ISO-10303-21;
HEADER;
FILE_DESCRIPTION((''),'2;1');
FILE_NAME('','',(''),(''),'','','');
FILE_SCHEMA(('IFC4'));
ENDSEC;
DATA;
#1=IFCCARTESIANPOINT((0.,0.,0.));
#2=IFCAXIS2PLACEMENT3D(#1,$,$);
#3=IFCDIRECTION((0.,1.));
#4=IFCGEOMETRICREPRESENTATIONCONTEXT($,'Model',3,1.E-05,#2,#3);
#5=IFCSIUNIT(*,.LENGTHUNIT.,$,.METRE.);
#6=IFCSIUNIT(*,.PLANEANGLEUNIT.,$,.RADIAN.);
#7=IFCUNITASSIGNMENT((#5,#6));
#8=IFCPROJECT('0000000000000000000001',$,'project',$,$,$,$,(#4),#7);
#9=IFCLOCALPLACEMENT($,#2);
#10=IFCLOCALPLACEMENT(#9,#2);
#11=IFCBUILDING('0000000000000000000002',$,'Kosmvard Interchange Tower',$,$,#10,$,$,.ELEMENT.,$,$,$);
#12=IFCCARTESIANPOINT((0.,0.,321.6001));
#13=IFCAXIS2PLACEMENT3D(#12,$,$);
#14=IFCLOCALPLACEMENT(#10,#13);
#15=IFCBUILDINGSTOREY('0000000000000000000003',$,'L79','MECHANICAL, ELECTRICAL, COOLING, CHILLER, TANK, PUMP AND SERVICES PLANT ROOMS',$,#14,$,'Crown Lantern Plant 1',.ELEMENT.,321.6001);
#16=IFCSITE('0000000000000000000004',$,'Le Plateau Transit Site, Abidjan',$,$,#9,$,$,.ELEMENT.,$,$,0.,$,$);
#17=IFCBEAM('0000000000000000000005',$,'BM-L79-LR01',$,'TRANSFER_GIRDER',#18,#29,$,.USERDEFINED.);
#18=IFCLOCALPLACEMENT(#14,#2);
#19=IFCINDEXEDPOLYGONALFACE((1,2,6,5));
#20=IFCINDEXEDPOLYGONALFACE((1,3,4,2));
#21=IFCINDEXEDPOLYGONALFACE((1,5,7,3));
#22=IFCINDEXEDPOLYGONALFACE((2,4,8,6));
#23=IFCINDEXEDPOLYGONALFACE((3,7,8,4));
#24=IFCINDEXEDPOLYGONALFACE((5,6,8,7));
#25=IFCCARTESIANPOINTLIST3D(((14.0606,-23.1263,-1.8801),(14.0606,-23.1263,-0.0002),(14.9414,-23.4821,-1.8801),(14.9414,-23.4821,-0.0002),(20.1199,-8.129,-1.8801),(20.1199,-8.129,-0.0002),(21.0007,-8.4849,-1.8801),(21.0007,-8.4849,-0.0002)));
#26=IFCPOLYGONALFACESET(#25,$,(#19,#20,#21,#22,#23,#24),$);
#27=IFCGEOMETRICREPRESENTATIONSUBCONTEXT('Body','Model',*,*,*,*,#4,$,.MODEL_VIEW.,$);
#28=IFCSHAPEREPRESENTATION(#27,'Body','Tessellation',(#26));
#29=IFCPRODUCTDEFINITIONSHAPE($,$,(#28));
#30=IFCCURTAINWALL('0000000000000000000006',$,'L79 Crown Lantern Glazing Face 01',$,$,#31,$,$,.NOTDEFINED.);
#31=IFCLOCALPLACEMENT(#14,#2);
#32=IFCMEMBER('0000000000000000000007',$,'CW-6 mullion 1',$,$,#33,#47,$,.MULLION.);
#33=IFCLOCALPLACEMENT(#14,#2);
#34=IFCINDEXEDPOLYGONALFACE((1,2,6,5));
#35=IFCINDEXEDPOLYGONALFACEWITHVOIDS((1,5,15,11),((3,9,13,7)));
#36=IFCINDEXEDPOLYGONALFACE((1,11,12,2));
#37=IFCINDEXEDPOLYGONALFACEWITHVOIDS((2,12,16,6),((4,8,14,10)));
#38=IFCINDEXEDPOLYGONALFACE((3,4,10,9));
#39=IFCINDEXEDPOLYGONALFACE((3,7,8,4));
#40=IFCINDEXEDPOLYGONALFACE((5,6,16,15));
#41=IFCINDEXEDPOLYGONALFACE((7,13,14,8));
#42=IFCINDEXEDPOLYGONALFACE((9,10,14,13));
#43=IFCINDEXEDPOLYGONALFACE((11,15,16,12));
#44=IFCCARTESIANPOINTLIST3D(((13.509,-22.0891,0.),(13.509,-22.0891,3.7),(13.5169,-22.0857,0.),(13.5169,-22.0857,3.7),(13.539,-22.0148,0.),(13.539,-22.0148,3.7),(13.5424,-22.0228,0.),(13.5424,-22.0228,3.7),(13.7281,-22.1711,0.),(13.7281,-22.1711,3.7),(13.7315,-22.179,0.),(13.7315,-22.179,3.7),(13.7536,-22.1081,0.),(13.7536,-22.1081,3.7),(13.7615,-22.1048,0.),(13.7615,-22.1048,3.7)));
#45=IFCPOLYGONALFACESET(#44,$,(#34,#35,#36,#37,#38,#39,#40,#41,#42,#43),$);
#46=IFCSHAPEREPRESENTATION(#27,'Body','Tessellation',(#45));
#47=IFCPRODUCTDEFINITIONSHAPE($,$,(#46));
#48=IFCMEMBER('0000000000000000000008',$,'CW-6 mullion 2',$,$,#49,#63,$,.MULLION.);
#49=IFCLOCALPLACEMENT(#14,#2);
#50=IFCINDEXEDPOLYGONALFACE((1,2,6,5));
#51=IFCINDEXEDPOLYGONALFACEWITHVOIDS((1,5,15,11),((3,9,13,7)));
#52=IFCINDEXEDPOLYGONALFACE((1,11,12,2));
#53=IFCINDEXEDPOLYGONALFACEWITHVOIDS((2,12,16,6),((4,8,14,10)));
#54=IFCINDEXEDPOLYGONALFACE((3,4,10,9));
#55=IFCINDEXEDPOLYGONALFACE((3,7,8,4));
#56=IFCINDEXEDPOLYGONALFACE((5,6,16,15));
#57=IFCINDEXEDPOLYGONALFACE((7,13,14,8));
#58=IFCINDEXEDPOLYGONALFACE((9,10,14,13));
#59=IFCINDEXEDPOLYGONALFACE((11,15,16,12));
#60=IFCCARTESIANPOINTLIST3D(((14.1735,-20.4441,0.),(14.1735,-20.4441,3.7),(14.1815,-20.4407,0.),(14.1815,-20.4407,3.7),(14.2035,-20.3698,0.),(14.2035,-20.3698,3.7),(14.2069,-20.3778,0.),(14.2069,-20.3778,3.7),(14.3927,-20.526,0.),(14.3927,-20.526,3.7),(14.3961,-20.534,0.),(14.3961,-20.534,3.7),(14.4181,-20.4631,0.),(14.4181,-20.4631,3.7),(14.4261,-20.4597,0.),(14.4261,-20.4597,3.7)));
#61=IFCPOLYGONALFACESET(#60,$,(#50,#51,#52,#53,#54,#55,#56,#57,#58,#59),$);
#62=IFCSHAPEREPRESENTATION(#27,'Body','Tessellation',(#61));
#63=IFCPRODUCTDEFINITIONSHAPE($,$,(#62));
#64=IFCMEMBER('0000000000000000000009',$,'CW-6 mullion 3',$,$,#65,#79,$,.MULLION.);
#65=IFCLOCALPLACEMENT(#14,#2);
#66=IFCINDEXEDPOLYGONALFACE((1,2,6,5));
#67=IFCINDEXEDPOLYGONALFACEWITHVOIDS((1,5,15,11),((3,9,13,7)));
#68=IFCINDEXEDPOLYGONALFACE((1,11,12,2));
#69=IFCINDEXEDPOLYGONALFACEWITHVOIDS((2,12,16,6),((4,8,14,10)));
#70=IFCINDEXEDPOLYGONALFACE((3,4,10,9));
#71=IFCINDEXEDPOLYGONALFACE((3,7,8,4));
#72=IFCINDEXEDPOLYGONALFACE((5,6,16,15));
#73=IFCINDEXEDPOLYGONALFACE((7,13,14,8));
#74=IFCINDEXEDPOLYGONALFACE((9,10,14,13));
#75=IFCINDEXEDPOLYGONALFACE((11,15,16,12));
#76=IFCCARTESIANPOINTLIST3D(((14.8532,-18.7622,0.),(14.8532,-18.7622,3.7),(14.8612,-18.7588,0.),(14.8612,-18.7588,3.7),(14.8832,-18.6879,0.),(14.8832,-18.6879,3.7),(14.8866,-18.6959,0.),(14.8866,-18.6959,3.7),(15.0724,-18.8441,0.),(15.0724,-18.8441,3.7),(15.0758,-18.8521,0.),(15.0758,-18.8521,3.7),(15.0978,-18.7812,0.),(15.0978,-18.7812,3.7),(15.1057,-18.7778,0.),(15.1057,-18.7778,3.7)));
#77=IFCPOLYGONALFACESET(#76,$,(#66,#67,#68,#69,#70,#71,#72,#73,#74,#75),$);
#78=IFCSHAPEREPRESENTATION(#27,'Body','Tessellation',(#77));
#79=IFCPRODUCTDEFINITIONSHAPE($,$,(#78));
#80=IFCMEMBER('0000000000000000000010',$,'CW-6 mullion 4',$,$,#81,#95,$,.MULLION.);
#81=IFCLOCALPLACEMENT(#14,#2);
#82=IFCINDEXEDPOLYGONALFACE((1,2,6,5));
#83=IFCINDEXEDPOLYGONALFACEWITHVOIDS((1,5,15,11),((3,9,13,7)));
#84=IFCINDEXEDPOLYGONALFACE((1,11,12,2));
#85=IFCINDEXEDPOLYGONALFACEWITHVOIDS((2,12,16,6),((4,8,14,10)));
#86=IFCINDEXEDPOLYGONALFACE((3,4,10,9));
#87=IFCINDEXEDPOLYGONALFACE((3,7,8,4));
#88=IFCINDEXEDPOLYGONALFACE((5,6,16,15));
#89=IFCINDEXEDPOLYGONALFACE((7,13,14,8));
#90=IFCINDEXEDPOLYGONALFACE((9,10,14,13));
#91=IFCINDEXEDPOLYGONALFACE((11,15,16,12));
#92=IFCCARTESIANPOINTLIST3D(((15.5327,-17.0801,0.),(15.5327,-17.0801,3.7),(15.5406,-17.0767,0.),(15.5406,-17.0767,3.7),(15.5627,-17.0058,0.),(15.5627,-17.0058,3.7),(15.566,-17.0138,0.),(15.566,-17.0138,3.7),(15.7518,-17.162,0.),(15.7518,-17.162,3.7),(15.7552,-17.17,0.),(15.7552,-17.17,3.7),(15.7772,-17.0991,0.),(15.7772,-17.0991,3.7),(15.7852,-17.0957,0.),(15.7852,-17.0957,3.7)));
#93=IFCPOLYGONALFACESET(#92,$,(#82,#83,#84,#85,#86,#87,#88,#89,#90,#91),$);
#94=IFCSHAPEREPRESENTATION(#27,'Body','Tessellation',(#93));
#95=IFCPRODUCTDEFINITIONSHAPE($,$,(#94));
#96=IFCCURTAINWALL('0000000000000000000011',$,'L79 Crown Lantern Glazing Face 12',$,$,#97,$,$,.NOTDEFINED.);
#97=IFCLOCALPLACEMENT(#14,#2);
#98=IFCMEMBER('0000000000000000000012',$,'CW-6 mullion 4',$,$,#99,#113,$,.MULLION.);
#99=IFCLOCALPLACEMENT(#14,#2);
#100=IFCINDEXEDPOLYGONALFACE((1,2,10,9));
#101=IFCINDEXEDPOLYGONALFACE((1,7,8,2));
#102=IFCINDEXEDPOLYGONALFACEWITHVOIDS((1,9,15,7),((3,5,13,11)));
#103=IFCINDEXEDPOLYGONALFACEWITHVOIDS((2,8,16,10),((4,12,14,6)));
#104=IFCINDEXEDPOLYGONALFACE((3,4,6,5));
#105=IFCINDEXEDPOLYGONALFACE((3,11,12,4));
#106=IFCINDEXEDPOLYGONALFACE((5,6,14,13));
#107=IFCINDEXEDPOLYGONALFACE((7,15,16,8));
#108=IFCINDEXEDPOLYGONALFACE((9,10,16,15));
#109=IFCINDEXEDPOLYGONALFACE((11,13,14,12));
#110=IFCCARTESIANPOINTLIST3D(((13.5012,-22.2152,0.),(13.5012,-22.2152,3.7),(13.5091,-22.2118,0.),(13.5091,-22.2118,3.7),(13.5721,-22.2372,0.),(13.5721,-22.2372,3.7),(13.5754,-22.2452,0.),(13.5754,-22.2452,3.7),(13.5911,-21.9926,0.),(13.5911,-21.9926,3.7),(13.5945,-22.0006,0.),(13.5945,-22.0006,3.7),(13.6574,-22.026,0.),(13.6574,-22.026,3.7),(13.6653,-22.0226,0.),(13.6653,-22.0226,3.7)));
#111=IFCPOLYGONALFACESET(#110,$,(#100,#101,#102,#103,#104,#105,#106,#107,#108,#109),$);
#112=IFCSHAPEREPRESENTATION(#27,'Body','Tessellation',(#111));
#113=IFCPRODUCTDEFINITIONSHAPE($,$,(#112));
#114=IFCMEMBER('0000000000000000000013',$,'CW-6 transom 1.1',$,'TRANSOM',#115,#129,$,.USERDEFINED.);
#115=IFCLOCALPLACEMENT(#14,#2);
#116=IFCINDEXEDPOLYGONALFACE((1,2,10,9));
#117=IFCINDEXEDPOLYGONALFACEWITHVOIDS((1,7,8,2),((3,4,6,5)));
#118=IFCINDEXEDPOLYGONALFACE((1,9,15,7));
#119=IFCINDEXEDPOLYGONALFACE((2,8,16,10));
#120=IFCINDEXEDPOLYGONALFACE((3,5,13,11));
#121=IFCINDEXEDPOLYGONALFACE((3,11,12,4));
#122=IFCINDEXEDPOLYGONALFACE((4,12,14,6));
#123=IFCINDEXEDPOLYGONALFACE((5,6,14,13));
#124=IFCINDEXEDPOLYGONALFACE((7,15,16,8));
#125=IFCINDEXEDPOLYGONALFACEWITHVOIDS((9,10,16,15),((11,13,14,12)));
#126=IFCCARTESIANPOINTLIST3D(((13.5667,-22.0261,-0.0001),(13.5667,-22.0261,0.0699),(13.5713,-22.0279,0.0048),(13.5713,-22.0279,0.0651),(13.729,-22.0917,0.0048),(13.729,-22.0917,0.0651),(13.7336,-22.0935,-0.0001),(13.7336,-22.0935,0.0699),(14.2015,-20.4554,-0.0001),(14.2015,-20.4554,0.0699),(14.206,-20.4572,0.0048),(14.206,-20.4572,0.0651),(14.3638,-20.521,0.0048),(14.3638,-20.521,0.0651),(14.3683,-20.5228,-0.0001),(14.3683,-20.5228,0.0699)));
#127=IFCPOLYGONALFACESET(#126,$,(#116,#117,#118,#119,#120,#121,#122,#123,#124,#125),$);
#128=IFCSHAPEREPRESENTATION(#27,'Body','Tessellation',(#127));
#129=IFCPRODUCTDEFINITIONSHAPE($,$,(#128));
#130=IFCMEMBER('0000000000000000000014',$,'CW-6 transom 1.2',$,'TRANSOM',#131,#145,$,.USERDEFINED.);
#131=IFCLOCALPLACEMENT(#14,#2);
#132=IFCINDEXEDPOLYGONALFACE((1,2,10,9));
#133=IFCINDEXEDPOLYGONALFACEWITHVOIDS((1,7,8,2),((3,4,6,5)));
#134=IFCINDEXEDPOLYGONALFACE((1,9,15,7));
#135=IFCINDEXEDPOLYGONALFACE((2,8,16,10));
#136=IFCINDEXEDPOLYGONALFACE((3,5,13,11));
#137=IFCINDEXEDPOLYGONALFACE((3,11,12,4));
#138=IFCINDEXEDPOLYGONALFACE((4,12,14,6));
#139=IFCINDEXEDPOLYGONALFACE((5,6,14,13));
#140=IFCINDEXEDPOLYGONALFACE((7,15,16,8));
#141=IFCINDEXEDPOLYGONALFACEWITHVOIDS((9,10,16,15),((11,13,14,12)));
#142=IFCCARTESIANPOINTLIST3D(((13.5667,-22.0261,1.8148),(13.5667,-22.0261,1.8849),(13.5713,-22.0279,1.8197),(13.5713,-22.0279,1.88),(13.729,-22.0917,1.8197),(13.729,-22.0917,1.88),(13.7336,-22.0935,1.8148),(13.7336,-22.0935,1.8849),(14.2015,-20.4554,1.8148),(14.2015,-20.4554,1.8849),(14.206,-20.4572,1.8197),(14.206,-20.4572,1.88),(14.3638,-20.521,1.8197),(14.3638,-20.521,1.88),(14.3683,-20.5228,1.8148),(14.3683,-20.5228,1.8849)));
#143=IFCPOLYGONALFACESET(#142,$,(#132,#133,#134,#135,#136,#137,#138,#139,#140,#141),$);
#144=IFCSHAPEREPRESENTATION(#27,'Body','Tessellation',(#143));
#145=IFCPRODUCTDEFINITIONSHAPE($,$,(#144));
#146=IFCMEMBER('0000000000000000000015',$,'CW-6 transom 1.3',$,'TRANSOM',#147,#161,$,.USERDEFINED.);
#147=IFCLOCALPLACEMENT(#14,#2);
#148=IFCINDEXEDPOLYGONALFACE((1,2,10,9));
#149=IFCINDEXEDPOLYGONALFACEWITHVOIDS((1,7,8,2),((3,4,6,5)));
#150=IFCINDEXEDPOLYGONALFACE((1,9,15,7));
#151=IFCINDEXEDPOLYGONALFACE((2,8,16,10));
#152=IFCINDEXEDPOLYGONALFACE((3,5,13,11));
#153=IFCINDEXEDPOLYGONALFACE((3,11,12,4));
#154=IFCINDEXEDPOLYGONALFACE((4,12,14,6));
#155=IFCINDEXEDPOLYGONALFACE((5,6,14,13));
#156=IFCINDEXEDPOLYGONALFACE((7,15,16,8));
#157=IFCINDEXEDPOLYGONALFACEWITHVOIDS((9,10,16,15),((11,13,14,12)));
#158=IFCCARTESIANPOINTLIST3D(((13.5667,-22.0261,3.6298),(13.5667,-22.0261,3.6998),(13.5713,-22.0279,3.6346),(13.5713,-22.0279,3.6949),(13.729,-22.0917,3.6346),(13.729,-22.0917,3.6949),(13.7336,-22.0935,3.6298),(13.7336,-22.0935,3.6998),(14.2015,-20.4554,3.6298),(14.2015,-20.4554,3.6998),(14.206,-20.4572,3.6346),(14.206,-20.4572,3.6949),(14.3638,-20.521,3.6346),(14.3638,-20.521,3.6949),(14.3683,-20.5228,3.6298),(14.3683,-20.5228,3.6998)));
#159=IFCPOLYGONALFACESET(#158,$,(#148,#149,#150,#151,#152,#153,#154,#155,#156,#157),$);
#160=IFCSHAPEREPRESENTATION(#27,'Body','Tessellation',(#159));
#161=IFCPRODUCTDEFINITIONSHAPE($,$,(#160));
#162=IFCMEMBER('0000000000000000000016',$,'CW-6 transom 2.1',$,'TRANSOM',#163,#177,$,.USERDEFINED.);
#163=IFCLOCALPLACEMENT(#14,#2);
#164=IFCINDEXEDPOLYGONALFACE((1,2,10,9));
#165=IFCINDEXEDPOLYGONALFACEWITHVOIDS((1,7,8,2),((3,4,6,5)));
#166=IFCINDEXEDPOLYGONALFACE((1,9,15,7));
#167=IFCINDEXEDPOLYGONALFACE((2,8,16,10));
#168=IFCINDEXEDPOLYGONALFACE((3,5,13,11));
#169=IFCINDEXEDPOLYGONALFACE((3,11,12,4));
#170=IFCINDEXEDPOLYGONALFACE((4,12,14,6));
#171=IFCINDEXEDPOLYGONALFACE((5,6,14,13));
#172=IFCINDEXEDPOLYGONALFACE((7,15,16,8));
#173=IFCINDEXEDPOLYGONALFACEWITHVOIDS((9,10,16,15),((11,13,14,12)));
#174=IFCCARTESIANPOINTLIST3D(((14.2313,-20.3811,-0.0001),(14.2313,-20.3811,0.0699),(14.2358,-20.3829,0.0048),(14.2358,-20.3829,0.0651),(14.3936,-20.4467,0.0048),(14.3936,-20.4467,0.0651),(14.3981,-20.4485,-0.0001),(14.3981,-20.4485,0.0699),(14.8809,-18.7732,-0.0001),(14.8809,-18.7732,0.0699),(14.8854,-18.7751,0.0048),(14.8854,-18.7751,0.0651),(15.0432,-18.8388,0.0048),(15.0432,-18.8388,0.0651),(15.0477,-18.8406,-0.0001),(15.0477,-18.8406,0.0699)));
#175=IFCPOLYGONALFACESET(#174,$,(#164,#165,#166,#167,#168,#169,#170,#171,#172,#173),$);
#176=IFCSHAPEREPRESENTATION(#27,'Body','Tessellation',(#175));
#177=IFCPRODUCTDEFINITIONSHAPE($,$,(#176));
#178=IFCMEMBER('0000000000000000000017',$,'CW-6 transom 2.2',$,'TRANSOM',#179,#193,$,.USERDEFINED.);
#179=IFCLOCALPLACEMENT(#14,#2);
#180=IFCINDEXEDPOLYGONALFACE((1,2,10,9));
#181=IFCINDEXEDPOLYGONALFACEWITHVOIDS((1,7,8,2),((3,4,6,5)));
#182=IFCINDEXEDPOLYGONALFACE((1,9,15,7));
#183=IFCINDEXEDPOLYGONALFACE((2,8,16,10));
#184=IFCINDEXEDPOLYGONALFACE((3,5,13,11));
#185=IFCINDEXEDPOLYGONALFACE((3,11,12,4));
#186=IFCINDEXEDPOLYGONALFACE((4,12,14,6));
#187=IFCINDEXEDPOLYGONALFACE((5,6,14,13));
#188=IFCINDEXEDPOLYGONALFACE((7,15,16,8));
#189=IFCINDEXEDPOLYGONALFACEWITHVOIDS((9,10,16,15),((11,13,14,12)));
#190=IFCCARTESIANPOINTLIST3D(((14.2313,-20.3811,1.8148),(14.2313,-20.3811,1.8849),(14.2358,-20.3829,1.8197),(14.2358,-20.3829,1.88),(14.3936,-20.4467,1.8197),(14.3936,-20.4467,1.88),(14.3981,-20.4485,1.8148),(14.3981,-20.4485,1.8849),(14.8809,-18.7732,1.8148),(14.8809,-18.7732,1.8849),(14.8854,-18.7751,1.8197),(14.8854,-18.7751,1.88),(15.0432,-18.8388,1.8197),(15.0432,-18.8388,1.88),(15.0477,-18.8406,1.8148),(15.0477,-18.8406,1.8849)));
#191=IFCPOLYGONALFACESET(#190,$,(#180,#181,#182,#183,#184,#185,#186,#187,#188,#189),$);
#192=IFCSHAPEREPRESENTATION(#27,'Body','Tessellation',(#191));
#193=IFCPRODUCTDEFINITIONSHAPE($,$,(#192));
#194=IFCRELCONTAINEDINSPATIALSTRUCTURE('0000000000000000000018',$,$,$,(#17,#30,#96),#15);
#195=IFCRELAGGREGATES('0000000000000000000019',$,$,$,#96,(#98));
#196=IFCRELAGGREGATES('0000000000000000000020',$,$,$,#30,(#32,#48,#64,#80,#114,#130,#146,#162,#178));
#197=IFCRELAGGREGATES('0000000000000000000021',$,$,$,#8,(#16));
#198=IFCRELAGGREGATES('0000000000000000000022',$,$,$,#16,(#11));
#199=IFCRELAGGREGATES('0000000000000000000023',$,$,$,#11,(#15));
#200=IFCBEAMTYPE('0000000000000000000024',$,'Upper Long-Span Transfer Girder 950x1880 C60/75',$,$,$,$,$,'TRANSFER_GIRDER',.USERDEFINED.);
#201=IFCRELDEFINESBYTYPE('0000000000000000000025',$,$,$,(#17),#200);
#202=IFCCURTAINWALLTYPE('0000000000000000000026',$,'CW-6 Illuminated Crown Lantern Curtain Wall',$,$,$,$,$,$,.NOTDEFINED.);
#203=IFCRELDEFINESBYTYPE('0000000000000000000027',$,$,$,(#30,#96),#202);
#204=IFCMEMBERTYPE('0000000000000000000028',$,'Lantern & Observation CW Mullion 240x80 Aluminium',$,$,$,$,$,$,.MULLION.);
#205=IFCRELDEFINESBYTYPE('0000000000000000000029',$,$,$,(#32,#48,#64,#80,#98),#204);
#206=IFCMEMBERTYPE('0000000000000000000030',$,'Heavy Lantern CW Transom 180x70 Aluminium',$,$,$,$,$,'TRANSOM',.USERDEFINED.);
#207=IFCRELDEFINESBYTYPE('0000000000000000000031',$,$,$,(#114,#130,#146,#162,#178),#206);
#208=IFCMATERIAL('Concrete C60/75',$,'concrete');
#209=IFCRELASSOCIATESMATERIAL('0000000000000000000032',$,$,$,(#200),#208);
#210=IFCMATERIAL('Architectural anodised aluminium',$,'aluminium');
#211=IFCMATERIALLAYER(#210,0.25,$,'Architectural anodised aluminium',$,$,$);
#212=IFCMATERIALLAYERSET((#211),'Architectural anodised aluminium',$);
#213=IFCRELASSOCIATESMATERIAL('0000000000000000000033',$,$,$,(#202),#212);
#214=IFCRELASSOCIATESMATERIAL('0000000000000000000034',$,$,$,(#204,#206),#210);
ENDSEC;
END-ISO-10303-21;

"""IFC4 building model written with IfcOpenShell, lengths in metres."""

from ifc_helpers import new_model, si_unit, direction, frame, origin, origin_2d, place, context, subcontext, project, spatial, rectangle, hollow_rectangle, extrude, source, transform, mapped, material, layer, layer_set, material_profile, profile_set, type_object, element, aggregate, save


model = new_model("IFC4")

# Units and contexts
model_context = context("Model", 3, precision=1e-05, world=origin(), true_north=direction((0.0, 1.0)))
body_context = subcontext(model_context, "Body", "Model", "MODEL_VIEW")
ifc_project = project(units=[si_unit("LENGTHUNIT", "METRE"), si_unit("PLANEANGLEUNIT", "RADIAN")], contexts=[model_context])

# Site, building, storey
site_placement = place(None, origin())
site = spatial("IfcSite", under=ifc_project, at=site_placement, Name="Le Plateau Transit Site, Abidjan", CompositionType="ELEMENT", RefElevation=0.0)
building_placement = place(site_placement, origin())
building = spatial("IfcBuilding", under=site, at=building_placement, Name="Kosmvard Interchange Tower", CompositionType="ELEMENT")
storey_placement = place(building_placement, frame((0.0, 0.0, 321.6001)))
storey = spatial("IfcBuildingStorey", under=building, at=storey_placement, Name="L79", Description="MECHANICAL, ELECTRICAL, COOLING, CHILLER, TANK, PUMP AND SERVICES PLANT ROOMS", LongName="Crown Lantern Plant 1", CompositionType="ELEMENT", Elevation=321.6001)

# Beam
ifc_material_1 = material(Name="Concrete C60/75", Category="concrete")
ifc_material_profile_1 = material_profile(ifc_material_1, rectangle(XDim=0.95, YDim=1.8799, at=origin_2d()), Name="TG 950x1880")
ifc_profile_set_1 = profile_set([ifc_material_profile_1], Name="Concrete C60/75")
beam_type = type_object("IfcBeamType", Name="Upper Long-Span Transfer Girder 950x1880 C60/75", ElementType="TRANSFER_GIRDER", PredefinedType="USERDEFINED", material=ifc_profile_set_1)
shared_shape_1 = source(origin(), body_context, "Body", "SweptSolid", [
    extrude(rectangle(XDim=0.95, YDim=1.8799, at=origin_2d()), origin(), (0.0, 0.0, 1.0), 16.175),
])
beam_placement = place(storey_placement, frame((14.501, -23.3042, -0.9402), z_axis=(0.374608, 0.927183, 0.0), x_axis=(-0.927183, 0.374608, 0.0)))
element("IfcBeam", 1, at=beam_placement, inside=storey, type_object=beam_type, Name="BM-L79-LR01", ObjectType="TRANSFER_GIRDER", PredefinedType="USERDEFINED", context=body_context, shape_type="MappedRepresentation", body=[
    mapped(shared_shape_1, transform((0.0, 0.0, 0.0), scale=1.0)),
])

# Curtain wall, members
ifc_material_2 = material(Name="Architectural anodised aluminium", Category="aluminium")
ifc_layer_1 = layer(ifc_material_2, 0.25, Name="Architectural anodised aluminium")
ifc_layer_set_1 = layer_set([ifc_layer_1], Name="Architectural anodised aluminium")
curtain_wall_type = type_object("IfcCurtainWallType", Name="CW-6 Illuminated Crown Lantern Curtain Wall", PredefinedType="NOTDEFINED", material=ifc_layer_set_1)
curtain_wall_1_placement = place(storey_placement, origin())
curtain_wall_1 = element("IfcCurtainWall", 2, at=curtain_wall_1_placement, inside=storey, type_object=curtain_wall_type, Name="L79 Crown Lantern Glazing Face 01", PredefinedType="NOTDEFINED")
ifc_material_profile_2 = material_profile(ifc_material_2, hollow_rectangle(XDim=0.24, YDim=0.0801, WallThickness=0.0061, at=origin_2d()), Name="CWM 240x80x6")
ifc_profile_set_2 = profile_set([ifc_material_profile_2], Name="Architectural anodised aluminium")
member_type_1 = type_object("IfcMemberType", Name="Lantern & Observation CW Mullion 240x80 Aluminium", PredefinedType="MULLION", material=ifc_profile_set_2)
shared_shape_2 = source(origin(), body_context, "Body", "SweptSolid", [
    extrude(hollow_rectangle(XDim=0.24, YDim=0.0801, WallThickness=0.0061, at=origin_2d()), origin(), (0.0, 0.0, 1.0), 3.7),
])
member_1_placement = place(storey_placement, frame((13.6353, -22.0969, 0.0), z_axis=(0.0, 0.0, 1.0), x_axis=(-0.927184, 0.374607, 0.0)))
member_1 = element("IfcMember", 3, at=member_1_placement, type_object=member_type_1, Name="CW-6 mullion 1", PredefinedType="MULLION", context=body_context, shape_type="MappedRepresentation", body=[
    mapped(shared_shape_2, transform((0.0, 0.0, 0.0), scale=1.0)),
])
member_2_placement = place(storey_placement, frame((14.2998, -20.4519, 0.0), z_axis=(0.0, 0.0, 1.0), x_axis=(-0.927184, 0.374607, 0.0)))
member_2 = element("IfcMember", 4, at=member_2_placement, type_object=member_type_1, Name="CW-6 mullion 2", PredefinedType="MULLION", context=body_context, shape_type="MappedRepresentation", body=[
    mapped(shared_shape_2, transform((0.0, 0.0, 0.0), scale=1.0)),
])
member_3_placement = place(storey_placement, frame((14.9795, -18.77, 0.0), z_axis=(0.0, 0.0, 1.0), x_axis=(-0.927184, 0.374607, 0.0)))
member_3 = element("IfcMember", 5, at=member_3_placement, type_object=member_type_1, Name="CW-6 mullion 3", PredefinedType="MULLION", context=body_context, shape_type="MappedRepresentation", body=[
    mapped(shared_shape_2, transform((0.0, 0.0, 0.0), scale=1.0)),
])
member_4_placement = place(storey_placement, frame((15.6589, -17.0879, 0.0), z_axis=(0.0, 0.0, 1.0), x_axis=(-0.927184, 0.374607, 0.0)))
member_4 = element("IfcMember", 6, at=member_4_placement, type_object=member_type_1, Name="CW-6 mullion 4", PredefinedType="MULLION", context=body_context, shape_type="MappedRepresentation", body=[
    mapped(shared_shape_2, transform((0.0, 0.0, 0.0), scale=1.0)),
])

# Curtain wall, member
curtain_wall_2_placement = place(storey_placement, origin())
curtain_wall_2 = element("IfcCurtainWall", 7, at=curtain_wall_2_placement, inside=storey, type_object=curtain_wall_type, Name="L79 Crown Lantern Glazing Face 12", PredefinedType="NOTDEFINED")
member_5_placement = place(storey_placement, frame((13.5833, -22.1189, 0.0), z_axis=(0.0, 0.0, 1.0), x_axis=(0.374607, 0.927184, 0.0)))
member_5 = element("IfcMember", 8, at=member_5_placement, type_object=member_type_1, Name="CW-6 mullion 4", PredefinedType="MULLION", context=body_context, shape_type="MappedRepresentation", body=[
    mapped(shared_shape_2, transform((0.0, 0.0, 0.0), scale=1.0)),
])
aggregate(curtain_wall_2, [member_5])

# Members
ifc_material_profile_3 = material_profile(ifc_material_2, hollow_rectangle(XDim=0.1799, YDim=0.0701, WallThickness=0.0049, at=origin_2d()), Name="CWT 180x70x5")
ifc_profile_set_3 = profile_set([ifc_material_profile_3], Name="Architectural anodised aluminium")
member_type_2 = type_object("IfcMemberType", Name="Heavy Lantern CW Transom 180x70 Aluminium", ElementType="TRANSOM", PredefinedType="USERDEFINED", material=ifc_profile_set_3)
shared_shape_3 = source(origin(), body_context, "Body", "SweptSolid", [
    extrude(hollow_rectangle(XDim=0.1799, YDim=0.0701, WallThickness=0.0049, at=origin_2d()), origin(), (0.0, 0.0, 1.0), 1.6941),
])
member_6_placement = place(storey_placement, frame((13.6501, -22.0598, 0.0349), z_axis=(0.374668, 0.927159, 0.0), x_axis=(-0.927159, 0.374668, 0.0)))
member_6 = element("IfcMember", 9, at=member_6_placement, type_object=member_type_2, Name="CW-6 transom 1.1", ObjectType="TRANSOM", PredefinedType="USERDEFINED", context=body_context, shape_type="MappedRepresentation", body=[
    mapped(shared_shape_3, transform((0.0, 0.0, 0.0), scale=1.0)),
])
member_7_placement = place(storey_placement, frame((13.6501, -22.0598, 1.8499), z_axis=(0.374668, 0.927159, 0.0), x_axis=(-0.927159, 0.374668, 0.0)))
member_7 = element("IfcMember", 10, at=member_7_placement, type_object=member_type_2, Name="CW-6 transom 1.2", ObjectType="TRANSOM", PredefinedType="USERDEFINED", context=body_context, shape_type="MappedRepresentation", body=[
    mapped(shared_shape_3, transform((0.0, 0.0, 0.0), scale=1.0)),
])
member_8_placement = place(storey_placement, frame((13.6501, -22.0598, 3.6648), z_axis=(0.374668, 0.927159, 0.0), x_axis=(-0.927159, 0.374668, 0.0)))
member_8 = element("IfcMember", 11, at=member_8_placement, type_object=member_type_2, Name="CW-6 transom 1.3", ObjectType="TRANSOM", PredefinedType="USERDEFINED", context=body_context, shape_type="MappedRepresentation", body=[
    mapped(shared_shape_3, transform((0.0, 0.0, 0.0), scale=1.0)),
])
shared_shape_4 = source(origin(), body_context, "Body", "SweptSolid", [
    extrude(hollow_rectangle(XDim=0.1799, YDim=0.0701, WallThickness=0.0049, at=origin_2d()), origin(), (0.0, 0.0, 1.0), 1.7341),
])
member_9_placement = place(storey_placement, frame((14.3147, -20.4148, 0.0349), z_axis=(0.374617, 0.92718, 0.0), x_axis=(-0.92718, 0.374617, 0.0)))
member_9 = element("IfcMember", 12, at=member_9_placement, type_object=member_type_2, Name="CW-6 transom 2.1", ObjectType="TRANSOM", PredefinedType="USERDEFINED", context=body_context, shape_type="MappedRepresentation", body=[
    mapped(shared_shape_4, transform((0.0, 0.0, 0.0), scale=1.0)),
])
member_10_placement = place(storey_placement, frame((14.3147, -20.4148, 1.8499), z_axis=(0.374617, 0.92718, 0.0), x_axis=(-0.92718, 0.374617, 0.0)))
member_10 = element("IfcMember", 13, at=member_10_placement, type_object=member_type_2, Name="CW-6 transom 2.2", ObjectType="TRANSOM", PredefinedType="USERDEFINED", context=body_context, shape_type="MappedRepresentation", body=[
    mapped(shared_shape_4, transform((0.0, 0.0, 0.0), scale=1.0)),
])

aggregate(curtain_wall_1, [member_1, member_2, member_3, member_4, member_6, member_7, member_8, member_9, member_10])

save(model, "model.ifc")
